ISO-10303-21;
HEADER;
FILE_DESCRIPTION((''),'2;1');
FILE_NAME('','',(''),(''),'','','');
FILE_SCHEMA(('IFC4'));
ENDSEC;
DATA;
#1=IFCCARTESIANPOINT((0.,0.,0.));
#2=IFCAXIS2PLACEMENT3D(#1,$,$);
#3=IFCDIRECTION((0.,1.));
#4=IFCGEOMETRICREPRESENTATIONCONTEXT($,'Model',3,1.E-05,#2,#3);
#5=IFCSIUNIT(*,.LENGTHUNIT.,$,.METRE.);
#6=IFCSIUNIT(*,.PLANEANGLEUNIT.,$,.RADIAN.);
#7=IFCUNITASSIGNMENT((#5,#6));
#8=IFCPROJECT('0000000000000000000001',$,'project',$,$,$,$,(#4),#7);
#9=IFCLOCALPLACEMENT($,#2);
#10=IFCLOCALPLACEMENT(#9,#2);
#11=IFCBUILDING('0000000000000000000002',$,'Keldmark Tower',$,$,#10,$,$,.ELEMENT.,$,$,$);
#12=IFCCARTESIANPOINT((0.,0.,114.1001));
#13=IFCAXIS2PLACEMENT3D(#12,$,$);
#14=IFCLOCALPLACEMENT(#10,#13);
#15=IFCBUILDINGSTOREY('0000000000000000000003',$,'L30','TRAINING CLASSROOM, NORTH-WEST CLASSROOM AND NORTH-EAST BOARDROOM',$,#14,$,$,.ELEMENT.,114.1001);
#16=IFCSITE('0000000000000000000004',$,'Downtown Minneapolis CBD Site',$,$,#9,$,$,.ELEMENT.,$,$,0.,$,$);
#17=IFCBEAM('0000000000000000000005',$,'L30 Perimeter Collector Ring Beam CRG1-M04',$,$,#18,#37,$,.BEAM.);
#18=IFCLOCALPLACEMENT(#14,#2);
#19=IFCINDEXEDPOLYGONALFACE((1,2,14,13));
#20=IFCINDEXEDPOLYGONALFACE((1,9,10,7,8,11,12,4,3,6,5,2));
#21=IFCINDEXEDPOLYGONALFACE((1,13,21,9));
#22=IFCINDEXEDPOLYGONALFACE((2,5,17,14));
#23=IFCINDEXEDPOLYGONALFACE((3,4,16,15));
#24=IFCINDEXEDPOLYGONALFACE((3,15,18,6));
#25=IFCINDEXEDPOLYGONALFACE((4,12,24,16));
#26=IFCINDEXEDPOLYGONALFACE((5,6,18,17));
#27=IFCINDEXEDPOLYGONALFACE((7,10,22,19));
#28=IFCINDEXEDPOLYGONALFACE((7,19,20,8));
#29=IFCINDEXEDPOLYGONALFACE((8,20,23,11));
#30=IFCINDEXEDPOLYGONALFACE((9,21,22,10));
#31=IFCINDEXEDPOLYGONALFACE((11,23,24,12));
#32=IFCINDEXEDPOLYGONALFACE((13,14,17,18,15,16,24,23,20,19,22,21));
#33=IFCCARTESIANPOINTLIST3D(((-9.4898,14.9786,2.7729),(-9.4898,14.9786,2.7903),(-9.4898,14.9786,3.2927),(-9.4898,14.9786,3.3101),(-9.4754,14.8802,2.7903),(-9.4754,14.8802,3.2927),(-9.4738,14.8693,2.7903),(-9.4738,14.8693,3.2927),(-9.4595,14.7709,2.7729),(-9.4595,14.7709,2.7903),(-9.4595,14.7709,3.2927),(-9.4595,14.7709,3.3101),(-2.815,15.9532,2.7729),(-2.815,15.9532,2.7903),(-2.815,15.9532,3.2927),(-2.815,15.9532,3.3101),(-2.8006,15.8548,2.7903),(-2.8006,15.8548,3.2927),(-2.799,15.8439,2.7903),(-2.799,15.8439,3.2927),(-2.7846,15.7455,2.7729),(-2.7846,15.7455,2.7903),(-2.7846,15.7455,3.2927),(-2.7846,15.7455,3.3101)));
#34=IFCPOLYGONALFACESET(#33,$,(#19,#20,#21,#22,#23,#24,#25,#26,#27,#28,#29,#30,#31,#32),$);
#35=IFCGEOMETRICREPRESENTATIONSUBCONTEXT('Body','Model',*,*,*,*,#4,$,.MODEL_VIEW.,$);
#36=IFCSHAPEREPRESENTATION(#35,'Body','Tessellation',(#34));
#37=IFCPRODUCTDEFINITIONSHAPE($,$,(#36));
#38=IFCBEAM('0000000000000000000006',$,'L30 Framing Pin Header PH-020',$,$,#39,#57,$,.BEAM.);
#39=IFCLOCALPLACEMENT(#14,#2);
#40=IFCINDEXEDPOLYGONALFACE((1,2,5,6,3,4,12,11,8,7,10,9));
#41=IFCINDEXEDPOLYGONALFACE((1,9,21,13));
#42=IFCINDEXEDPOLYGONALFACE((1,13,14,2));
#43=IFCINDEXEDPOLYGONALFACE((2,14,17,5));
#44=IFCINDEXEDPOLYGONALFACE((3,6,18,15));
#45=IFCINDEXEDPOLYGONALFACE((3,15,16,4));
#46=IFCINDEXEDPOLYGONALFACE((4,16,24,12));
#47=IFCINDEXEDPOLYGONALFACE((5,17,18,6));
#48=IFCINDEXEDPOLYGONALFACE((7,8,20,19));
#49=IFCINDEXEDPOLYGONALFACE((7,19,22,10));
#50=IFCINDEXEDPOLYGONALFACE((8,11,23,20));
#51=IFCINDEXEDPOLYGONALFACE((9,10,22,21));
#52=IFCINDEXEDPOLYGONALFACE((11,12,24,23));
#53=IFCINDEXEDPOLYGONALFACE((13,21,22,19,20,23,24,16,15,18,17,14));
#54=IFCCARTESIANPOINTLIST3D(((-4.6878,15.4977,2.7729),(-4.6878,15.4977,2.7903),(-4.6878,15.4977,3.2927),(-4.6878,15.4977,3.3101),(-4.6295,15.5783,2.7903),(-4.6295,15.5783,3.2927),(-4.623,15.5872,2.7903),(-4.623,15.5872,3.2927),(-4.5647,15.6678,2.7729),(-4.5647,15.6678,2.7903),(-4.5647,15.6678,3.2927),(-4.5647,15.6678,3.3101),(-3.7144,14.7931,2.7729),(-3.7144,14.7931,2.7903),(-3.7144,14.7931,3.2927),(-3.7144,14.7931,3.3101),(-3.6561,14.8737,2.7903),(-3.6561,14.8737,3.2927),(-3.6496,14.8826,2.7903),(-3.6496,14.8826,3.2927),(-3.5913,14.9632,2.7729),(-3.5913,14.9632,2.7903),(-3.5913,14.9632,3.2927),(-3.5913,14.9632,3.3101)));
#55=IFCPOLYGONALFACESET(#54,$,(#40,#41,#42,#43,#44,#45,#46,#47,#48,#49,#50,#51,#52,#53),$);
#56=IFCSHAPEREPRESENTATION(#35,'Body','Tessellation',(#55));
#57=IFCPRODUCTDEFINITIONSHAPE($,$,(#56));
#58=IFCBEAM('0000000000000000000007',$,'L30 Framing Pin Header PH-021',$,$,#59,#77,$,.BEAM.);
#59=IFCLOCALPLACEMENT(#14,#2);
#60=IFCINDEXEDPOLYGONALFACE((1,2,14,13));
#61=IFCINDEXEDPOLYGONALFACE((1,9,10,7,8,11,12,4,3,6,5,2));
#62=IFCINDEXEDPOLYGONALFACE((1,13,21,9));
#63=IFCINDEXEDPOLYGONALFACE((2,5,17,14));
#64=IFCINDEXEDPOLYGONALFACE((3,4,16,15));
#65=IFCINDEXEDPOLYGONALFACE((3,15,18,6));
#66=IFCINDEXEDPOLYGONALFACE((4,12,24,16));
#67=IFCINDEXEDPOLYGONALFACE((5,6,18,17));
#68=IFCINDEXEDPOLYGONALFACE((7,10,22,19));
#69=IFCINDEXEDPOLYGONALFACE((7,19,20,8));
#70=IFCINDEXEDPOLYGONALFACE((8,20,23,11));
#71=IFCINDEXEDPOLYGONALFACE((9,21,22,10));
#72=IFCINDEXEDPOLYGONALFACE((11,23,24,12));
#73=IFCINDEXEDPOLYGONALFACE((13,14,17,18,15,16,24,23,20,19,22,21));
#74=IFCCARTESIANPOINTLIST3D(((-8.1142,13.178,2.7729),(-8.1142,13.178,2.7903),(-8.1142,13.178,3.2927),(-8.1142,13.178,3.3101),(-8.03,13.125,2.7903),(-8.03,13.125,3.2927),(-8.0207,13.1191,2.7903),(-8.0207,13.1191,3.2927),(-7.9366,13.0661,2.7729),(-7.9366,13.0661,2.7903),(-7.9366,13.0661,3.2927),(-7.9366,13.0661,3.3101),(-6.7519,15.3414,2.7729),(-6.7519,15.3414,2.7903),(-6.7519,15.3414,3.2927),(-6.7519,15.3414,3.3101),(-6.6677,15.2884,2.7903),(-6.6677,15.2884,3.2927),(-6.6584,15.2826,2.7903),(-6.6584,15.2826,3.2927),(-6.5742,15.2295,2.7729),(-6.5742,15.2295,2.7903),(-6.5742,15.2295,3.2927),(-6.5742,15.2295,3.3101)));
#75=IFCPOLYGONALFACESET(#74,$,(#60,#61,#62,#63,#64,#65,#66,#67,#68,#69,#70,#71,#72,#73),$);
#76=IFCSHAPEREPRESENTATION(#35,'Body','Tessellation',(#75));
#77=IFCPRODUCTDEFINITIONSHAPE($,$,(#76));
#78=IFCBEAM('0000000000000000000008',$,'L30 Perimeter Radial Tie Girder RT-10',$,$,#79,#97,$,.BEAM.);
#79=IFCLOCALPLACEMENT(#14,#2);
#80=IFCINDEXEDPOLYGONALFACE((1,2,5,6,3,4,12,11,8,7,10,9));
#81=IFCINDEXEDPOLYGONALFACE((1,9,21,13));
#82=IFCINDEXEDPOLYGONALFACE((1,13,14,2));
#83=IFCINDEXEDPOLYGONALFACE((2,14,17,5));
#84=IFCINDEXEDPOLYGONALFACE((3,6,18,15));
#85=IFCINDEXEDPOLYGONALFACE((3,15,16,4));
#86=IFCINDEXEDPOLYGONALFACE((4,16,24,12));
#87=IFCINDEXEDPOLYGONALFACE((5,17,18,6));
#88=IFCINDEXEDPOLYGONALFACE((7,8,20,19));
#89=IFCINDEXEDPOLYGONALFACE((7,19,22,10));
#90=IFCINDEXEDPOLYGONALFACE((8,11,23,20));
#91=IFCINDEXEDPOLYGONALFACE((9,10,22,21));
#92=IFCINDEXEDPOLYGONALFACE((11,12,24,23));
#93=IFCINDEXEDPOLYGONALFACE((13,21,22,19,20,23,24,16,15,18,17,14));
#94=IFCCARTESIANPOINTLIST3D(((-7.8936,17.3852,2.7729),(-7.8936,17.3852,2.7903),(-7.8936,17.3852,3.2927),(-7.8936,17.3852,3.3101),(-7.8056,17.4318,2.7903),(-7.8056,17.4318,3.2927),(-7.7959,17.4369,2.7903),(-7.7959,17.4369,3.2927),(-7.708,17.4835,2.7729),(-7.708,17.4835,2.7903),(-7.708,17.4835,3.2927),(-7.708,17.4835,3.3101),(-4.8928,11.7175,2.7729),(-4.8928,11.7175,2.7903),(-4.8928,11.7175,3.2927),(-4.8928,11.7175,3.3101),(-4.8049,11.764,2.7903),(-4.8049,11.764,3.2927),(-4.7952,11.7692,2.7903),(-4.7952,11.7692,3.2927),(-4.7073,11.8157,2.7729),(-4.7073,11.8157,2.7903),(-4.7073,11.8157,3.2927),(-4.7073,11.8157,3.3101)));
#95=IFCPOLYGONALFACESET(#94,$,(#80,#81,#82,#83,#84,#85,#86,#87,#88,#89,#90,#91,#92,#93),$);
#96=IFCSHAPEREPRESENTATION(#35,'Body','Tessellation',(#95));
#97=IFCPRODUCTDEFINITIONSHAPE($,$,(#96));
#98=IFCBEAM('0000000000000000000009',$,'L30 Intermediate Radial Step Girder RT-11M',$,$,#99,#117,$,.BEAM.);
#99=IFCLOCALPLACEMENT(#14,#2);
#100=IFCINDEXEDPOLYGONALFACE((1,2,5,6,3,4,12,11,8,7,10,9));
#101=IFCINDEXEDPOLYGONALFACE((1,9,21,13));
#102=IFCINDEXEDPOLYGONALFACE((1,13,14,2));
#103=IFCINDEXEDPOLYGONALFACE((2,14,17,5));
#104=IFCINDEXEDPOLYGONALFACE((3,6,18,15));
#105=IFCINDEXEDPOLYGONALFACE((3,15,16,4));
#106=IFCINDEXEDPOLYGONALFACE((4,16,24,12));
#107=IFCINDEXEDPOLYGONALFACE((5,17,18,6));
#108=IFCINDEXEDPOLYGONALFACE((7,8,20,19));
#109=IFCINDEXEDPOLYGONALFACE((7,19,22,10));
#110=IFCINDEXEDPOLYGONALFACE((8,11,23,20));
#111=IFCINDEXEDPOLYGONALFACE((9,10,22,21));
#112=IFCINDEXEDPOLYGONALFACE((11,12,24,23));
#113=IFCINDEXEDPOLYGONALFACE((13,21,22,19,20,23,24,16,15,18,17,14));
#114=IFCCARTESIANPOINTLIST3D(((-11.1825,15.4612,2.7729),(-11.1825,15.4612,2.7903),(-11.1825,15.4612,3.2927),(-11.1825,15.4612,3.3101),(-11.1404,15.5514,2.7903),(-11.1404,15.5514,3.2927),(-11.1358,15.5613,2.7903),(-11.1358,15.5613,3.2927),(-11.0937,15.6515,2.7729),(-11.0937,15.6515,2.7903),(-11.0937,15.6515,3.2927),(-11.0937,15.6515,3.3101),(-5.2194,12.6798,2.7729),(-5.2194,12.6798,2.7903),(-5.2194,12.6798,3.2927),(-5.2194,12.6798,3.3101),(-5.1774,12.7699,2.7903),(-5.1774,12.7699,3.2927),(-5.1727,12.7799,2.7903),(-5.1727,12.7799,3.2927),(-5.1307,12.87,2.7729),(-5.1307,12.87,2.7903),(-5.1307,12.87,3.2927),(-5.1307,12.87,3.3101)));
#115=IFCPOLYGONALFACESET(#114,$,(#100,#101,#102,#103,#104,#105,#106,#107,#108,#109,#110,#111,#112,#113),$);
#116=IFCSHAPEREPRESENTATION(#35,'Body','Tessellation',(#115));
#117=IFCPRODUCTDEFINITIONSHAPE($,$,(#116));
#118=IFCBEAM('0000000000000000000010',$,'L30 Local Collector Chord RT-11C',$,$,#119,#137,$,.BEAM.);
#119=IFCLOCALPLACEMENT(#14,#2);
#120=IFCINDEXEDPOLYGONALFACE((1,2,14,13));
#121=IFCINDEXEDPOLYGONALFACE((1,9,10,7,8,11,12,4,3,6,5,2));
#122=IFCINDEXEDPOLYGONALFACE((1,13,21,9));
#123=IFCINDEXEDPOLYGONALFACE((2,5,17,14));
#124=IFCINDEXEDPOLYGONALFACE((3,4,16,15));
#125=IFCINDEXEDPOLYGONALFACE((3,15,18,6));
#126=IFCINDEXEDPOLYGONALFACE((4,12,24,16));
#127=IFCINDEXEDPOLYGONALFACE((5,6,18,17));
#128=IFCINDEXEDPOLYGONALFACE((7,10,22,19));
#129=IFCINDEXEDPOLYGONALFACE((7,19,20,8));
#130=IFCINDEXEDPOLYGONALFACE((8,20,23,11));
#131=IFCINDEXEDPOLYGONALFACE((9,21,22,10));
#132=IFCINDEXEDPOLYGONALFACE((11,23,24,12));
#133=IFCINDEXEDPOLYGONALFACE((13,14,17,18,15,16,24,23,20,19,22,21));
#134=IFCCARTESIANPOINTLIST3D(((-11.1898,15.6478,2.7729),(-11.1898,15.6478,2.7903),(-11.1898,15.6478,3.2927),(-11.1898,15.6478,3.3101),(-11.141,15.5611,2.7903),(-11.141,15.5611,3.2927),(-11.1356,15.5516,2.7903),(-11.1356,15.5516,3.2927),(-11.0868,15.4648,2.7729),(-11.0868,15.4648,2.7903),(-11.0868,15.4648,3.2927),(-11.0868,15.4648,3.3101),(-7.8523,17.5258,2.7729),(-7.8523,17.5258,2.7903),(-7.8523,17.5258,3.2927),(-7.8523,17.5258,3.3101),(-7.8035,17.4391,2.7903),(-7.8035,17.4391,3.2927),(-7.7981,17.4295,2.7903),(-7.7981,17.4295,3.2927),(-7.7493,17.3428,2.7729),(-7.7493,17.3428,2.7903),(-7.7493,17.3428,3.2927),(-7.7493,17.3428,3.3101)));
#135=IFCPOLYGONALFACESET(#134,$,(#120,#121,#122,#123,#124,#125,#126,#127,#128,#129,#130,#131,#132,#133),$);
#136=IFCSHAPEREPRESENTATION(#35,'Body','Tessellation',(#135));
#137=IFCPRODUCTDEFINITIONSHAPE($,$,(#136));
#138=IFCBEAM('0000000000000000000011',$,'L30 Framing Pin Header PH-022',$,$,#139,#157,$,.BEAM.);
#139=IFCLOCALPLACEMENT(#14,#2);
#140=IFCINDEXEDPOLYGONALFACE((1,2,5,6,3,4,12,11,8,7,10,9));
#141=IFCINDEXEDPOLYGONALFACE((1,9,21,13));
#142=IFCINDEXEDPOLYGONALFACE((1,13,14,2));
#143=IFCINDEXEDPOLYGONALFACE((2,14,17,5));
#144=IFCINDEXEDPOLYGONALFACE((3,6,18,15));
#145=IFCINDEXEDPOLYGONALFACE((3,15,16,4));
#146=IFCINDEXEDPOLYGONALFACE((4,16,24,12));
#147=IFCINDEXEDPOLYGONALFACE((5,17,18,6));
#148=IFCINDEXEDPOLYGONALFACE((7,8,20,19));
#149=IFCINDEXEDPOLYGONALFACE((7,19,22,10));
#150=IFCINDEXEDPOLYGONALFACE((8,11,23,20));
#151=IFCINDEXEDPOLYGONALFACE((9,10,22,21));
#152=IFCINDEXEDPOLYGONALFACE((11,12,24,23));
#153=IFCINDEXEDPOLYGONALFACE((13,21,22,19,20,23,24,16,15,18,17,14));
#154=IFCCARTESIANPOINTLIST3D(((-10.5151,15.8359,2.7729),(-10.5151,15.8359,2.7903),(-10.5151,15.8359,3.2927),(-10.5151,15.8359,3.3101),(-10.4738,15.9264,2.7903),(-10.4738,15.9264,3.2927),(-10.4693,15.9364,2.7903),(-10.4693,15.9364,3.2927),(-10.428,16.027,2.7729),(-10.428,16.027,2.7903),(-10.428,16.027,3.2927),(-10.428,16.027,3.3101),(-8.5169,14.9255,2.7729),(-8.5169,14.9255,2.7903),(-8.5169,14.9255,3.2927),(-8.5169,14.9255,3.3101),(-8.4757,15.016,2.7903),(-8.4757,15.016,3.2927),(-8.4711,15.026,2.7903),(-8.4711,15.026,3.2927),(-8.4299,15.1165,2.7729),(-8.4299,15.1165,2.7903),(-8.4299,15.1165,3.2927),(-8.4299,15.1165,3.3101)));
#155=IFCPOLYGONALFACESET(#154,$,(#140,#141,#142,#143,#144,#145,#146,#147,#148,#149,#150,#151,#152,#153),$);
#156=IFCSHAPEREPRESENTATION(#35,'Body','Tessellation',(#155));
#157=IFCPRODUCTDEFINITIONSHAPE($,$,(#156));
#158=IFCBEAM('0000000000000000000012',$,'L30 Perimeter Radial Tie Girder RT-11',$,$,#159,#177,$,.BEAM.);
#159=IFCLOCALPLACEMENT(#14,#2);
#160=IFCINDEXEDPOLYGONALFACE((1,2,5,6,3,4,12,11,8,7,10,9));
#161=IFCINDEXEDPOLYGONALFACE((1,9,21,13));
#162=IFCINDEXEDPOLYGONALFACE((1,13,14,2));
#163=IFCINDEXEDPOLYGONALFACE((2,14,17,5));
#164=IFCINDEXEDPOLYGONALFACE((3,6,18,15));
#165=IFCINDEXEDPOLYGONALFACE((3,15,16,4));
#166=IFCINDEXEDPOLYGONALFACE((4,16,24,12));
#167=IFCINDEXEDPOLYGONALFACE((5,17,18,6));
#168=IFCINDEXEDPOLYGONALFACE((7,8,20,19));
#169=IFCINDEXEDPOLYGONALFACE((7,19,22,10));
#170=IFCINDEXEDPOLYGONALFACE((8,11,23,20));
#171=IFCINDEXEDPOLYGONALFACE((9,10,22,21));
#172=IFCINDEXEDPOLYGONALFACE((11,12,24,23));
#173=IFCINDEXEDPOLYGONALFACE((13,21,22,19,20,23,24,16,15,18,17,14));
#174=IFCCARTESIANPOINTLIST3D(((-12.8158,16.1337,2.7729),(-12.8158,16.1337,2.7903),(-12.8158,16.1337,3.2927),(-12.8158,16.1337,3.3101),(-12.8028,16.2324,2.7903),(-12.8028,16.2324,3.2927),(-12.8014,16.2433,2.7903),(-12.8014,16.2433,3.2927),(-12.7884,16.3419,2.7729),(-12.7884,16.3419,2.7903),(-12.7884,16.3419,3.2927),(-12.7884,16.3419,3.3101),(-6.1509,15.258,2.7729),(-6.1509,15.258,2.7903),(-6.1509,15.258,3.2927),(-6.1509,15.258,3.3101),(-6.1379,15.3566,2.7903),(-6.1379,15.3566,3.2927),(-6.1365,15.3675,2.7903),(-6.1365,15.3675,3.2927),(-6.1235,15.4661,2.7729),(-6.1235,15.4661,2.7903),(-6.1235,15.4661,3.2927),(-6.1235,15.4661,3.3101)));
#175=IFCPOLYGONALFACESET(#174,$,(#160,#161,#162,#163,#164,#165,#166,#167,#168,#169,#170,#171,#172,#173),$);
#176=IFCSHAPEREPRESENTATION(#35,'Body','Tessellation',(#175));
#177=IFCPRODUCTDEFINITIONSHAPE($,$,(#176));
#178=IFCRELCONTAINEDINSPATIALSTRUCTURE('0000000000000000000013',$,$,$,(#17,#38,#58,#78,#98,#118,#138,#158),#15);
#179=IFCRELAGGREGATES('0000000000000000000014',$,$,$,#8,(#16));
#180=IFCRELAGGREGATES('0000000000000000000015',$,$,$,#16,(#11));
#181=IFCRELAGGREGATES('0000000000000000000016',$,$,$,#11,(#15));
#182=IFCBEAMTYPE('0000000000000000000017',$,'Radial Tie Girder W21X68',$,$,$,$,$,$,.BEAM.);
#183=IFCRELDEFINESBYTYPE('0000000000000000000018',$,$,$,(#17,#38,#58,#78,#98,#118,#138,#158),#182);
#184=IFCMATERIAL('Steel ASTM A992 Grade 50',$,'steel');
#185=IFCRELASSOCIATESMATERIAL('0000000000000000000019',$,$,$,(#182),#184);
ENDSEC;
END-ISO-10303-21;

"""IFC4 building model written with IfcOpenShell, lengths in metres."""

from ifc_helpers import new_model, si_unit, direction, frame, origin, origin_2d, place, context, subcontext, project, spatial, i_section, extrude, material, material_profile, profile_set, type_object, element, save


model = new_model("IFC4")

# Units and contexts
model_context = context("Model", 3, precision=1e-05, world=origin(), true_north=direction((0.0, 1.0)))
body_context = subcontext(model_context, "Body", "Model", "MODEL_VIEW")
ifc_project = project(units=[si_unit("LENGTHUNIT", "METRE"), si_unit("PLANEANGLEUNIT", "RADIAN")], contexts=[model_context])

# Site, building, storey
site_placement = place(None, origin())
site = spatial("IfcSite", under=ifc_project, at=site_placement, Name="Downtown Minneapolis CBD Site", CompositionType="ELEMENT", RefElevation=0.0)
building_placement = place(site_placement, origin())
building = spatial("IfcBuilding", under=site, at=building_placement, Name="Keldmark Tower", CompositionType="ELEMENT")
storey_placement = place(building_placement, frame((0.0, 0.0, 114.1001)))
storey = spatial("IfcBuildingStorey", under=building, at=storey_placement, Name="L30", Description="TRAINING CLASSROOM, NORTH-WEST CLASSROOM AND NORTH-EAST BOARDROOM", CompositionType="ELEMENT", Elevation=114.1001)

# Beams
ifc_material_1 = material(Name="Steel ASTM A992 Grade 50", Category="steel")
ifc_material_profile_1 = material_profile(ifc_material_1, i_section(OverallWidth=0.21, OverallDepth=0.5371, WebThickness=0.011, FlangeThickness=0.0173, at=origin_2d()), Name="W21X68")
ifc_profile_set_1 = profile_set([ifc_material_profile_1], Name="Steel ASTM A992 Grade 50")
beam_type_1 = type_object("IfcBeamType", Name="Radial Tie Girder W21X68", PredefinedType="BEAM", material=ifc_profile_set_1)
beam_1_placement = place(storey_placement, frame((-2.7998, 15.8494, 3.0415), z_axis=(-0.989508, -0.144481, 0.0), x_axis=(0.144481, -0.989508, 0.0)))
element("IfcBeam", 1, at=beam_1_placement, inside=storey, type_object=beam_type_1, Name="L30 Perimeter Collector Ring Beam CRG1-M04", PredefinedType="BEAM", context=body_context, shape_type="SweptSolid", body=[
    extrude(i_section(OverallWidth=0.21, OverallDepth=0.5371, WebThickness=0.011, FlangeThickness=0.0173, at=origin_2d()), origin(), (0.0, 0.0, 1.0), 6.7456),
])
beam_2_placement = place(storey_placement, frame((-3.6528, 14.8782, 3.0415), z_axis=(-0.810052, 0.586358, 0.0), x_axis=(-0.586358, -0.810052, 0.0)))
element("IfcBeam", 2, at=beam_2_placement, inside=storey, type_object=beam_type_1, Name="L30 Framing Pin Header PH-020", PredefinedType="BEAM", context=body_context, shape_type="SweptSolid", body=[
    extrude(i_section(OverallWidth=0.21, OverallDepth=0.5371, WebThickness=0.011, FlangeThickness=0.0173, at=origin_2d()), origin(), (0.0, 0.0, 1.0), 1.2017),
])
beam_3_placement = place(storey_placement, frame((-8.0254, 13.1221, 3.0415), z_axis=(0.532872, 0.846196, 0.0), x_axis=(-0.846196, 0.532872, 0.0)))
element("IfcBeam", 3, at=beam_3_placement, inside=storey, type_object=beam_type_1, Name="L30 Framing Pin Header PH-021", PredefinedType="BEAM", context=body_context, shape_type="SweptSolid", body=[
    extrude(i_section(OverallWidth=0.21, OverallDepth=0.5371, WebThickness=0.011, FlangeThickness=0.0173, at=origin_2d()), origin(), (0.0, 0.0, 1.0), 2.5566),
])
beam_4_placement = place(storey_placement, frame((-4.8, 11.7666, 3.0415), z_axis=(-0.467909, 0.883777, 0.0), x_axis=(-0.883777, -0.467909, 0.0)))
element("IfcBeam", 4, at=beam_4_placement, inside=storey, type_object=beam_type_1, Name="L30 Perimeter Radial Tie Girder RT-10", PredefinedType="BEAM", context=body_context, shape_type="SweptSolid", body=[
    extrude(i_section(OverallWidth=0.21, OverallDepth=0.5371, WebThickness=0.011, FlangeThickness=0.0173, at=origin_2d()), origin(), (0.0, 0.0, 1.0), 6.4131),
])
beam_5_placement = place(storey_placement, frame((-5.175, 12.7749, 3.0415), z_axis=(-0.906259, 0.422723, 0.0), x_axis=(-0.422723, -0.906259, 0.0)))
element("IfcBeam", 5, at=beam_5_placement, inside=storey, type_object=beam_type_1, Name="L30 Intermediate Radial Step Girder RT-11M", PredefinedType="BEAM", context=body_context, shape_type="SweptSolid", body=[
    extrude(i_section(OverallWidth=0.21, OverallDepth=0.5371, WebThickness=0.011, FlangeThickness=0.0173, at=origin_2d()), origin(), (0.0, 0.0, 1.0), 6.5798),
])
beam_6_placement = place(storey_placement, frame((-7.8008, 17.4343, 3.0415), z_axis=(-0.871504, -0.490388, 0.0), x_axis=(0.490388, -0.871504, 0.0)))
element("IfcBeam", 6, at=beam_6_placement, inside=storey, type_object=beam_type_1, Name="L30 Local Collector Chord RT-11C", PredefinedType="BEAM", context=body_context, shape_type="SweptSolid", body=[
    extrude(i_section(OverallWidth=0.21, OverallDepth=0.5371, WebThickness=0.011, FlangeThickness=0.0173, at=origin_2d()), origin(), (0.0, 0.0, 1.0), 3.8296),
])
beam_7_placement = place(storey_placement, frame((-8.4734, 15.021, 3.0415), z_axis=(-0.909989, 0.414632, 0.0), x_axis=(-0.414632, -0.909989, 0.0)))
element("IfcBeam", 7, at=beam_7_placement, inside=storey, type_object=beam_type_1, Name="L30 Framing Pin Header PH-022", PredefinedType="BEAM", context=body_context, shape_type="SweptSolid", body=[
    extrude(i_section(OverallWidth=0.21, OverallDepth=0.5371, WebThickness=0.011, FlangeThickness=0.0173, at=origin_2d()), origin(), (0.0, 0.0, 1.0), 2.1958),
])
beam_8_placement = place(storey_placement, frame((-6.1372, 15.3621, 3.0415), z_axis=(-0.991478, 0.130277, 0.0), x_axis=(-0.130277, -0.991478, 0.0)))
element("IfcBeam", 8, at=beam_8_placement, inside=storey, type_object=beam_type_1, Name="L30 Perimeter Radial Tie Girder RT-11", PredefinedType="BEAM", context=body_context, shape_type="SweptSolid", body=[
    extrude(i_section(OverallWidth=0.21, OverallDepth=0.5371, WebThickness=0.011, FlangeThickness=0.0173, at=origin_2d()), origin(), (0.0, 0.0, 1.0), 6.7222),
])

save(model, "model.ifc")
